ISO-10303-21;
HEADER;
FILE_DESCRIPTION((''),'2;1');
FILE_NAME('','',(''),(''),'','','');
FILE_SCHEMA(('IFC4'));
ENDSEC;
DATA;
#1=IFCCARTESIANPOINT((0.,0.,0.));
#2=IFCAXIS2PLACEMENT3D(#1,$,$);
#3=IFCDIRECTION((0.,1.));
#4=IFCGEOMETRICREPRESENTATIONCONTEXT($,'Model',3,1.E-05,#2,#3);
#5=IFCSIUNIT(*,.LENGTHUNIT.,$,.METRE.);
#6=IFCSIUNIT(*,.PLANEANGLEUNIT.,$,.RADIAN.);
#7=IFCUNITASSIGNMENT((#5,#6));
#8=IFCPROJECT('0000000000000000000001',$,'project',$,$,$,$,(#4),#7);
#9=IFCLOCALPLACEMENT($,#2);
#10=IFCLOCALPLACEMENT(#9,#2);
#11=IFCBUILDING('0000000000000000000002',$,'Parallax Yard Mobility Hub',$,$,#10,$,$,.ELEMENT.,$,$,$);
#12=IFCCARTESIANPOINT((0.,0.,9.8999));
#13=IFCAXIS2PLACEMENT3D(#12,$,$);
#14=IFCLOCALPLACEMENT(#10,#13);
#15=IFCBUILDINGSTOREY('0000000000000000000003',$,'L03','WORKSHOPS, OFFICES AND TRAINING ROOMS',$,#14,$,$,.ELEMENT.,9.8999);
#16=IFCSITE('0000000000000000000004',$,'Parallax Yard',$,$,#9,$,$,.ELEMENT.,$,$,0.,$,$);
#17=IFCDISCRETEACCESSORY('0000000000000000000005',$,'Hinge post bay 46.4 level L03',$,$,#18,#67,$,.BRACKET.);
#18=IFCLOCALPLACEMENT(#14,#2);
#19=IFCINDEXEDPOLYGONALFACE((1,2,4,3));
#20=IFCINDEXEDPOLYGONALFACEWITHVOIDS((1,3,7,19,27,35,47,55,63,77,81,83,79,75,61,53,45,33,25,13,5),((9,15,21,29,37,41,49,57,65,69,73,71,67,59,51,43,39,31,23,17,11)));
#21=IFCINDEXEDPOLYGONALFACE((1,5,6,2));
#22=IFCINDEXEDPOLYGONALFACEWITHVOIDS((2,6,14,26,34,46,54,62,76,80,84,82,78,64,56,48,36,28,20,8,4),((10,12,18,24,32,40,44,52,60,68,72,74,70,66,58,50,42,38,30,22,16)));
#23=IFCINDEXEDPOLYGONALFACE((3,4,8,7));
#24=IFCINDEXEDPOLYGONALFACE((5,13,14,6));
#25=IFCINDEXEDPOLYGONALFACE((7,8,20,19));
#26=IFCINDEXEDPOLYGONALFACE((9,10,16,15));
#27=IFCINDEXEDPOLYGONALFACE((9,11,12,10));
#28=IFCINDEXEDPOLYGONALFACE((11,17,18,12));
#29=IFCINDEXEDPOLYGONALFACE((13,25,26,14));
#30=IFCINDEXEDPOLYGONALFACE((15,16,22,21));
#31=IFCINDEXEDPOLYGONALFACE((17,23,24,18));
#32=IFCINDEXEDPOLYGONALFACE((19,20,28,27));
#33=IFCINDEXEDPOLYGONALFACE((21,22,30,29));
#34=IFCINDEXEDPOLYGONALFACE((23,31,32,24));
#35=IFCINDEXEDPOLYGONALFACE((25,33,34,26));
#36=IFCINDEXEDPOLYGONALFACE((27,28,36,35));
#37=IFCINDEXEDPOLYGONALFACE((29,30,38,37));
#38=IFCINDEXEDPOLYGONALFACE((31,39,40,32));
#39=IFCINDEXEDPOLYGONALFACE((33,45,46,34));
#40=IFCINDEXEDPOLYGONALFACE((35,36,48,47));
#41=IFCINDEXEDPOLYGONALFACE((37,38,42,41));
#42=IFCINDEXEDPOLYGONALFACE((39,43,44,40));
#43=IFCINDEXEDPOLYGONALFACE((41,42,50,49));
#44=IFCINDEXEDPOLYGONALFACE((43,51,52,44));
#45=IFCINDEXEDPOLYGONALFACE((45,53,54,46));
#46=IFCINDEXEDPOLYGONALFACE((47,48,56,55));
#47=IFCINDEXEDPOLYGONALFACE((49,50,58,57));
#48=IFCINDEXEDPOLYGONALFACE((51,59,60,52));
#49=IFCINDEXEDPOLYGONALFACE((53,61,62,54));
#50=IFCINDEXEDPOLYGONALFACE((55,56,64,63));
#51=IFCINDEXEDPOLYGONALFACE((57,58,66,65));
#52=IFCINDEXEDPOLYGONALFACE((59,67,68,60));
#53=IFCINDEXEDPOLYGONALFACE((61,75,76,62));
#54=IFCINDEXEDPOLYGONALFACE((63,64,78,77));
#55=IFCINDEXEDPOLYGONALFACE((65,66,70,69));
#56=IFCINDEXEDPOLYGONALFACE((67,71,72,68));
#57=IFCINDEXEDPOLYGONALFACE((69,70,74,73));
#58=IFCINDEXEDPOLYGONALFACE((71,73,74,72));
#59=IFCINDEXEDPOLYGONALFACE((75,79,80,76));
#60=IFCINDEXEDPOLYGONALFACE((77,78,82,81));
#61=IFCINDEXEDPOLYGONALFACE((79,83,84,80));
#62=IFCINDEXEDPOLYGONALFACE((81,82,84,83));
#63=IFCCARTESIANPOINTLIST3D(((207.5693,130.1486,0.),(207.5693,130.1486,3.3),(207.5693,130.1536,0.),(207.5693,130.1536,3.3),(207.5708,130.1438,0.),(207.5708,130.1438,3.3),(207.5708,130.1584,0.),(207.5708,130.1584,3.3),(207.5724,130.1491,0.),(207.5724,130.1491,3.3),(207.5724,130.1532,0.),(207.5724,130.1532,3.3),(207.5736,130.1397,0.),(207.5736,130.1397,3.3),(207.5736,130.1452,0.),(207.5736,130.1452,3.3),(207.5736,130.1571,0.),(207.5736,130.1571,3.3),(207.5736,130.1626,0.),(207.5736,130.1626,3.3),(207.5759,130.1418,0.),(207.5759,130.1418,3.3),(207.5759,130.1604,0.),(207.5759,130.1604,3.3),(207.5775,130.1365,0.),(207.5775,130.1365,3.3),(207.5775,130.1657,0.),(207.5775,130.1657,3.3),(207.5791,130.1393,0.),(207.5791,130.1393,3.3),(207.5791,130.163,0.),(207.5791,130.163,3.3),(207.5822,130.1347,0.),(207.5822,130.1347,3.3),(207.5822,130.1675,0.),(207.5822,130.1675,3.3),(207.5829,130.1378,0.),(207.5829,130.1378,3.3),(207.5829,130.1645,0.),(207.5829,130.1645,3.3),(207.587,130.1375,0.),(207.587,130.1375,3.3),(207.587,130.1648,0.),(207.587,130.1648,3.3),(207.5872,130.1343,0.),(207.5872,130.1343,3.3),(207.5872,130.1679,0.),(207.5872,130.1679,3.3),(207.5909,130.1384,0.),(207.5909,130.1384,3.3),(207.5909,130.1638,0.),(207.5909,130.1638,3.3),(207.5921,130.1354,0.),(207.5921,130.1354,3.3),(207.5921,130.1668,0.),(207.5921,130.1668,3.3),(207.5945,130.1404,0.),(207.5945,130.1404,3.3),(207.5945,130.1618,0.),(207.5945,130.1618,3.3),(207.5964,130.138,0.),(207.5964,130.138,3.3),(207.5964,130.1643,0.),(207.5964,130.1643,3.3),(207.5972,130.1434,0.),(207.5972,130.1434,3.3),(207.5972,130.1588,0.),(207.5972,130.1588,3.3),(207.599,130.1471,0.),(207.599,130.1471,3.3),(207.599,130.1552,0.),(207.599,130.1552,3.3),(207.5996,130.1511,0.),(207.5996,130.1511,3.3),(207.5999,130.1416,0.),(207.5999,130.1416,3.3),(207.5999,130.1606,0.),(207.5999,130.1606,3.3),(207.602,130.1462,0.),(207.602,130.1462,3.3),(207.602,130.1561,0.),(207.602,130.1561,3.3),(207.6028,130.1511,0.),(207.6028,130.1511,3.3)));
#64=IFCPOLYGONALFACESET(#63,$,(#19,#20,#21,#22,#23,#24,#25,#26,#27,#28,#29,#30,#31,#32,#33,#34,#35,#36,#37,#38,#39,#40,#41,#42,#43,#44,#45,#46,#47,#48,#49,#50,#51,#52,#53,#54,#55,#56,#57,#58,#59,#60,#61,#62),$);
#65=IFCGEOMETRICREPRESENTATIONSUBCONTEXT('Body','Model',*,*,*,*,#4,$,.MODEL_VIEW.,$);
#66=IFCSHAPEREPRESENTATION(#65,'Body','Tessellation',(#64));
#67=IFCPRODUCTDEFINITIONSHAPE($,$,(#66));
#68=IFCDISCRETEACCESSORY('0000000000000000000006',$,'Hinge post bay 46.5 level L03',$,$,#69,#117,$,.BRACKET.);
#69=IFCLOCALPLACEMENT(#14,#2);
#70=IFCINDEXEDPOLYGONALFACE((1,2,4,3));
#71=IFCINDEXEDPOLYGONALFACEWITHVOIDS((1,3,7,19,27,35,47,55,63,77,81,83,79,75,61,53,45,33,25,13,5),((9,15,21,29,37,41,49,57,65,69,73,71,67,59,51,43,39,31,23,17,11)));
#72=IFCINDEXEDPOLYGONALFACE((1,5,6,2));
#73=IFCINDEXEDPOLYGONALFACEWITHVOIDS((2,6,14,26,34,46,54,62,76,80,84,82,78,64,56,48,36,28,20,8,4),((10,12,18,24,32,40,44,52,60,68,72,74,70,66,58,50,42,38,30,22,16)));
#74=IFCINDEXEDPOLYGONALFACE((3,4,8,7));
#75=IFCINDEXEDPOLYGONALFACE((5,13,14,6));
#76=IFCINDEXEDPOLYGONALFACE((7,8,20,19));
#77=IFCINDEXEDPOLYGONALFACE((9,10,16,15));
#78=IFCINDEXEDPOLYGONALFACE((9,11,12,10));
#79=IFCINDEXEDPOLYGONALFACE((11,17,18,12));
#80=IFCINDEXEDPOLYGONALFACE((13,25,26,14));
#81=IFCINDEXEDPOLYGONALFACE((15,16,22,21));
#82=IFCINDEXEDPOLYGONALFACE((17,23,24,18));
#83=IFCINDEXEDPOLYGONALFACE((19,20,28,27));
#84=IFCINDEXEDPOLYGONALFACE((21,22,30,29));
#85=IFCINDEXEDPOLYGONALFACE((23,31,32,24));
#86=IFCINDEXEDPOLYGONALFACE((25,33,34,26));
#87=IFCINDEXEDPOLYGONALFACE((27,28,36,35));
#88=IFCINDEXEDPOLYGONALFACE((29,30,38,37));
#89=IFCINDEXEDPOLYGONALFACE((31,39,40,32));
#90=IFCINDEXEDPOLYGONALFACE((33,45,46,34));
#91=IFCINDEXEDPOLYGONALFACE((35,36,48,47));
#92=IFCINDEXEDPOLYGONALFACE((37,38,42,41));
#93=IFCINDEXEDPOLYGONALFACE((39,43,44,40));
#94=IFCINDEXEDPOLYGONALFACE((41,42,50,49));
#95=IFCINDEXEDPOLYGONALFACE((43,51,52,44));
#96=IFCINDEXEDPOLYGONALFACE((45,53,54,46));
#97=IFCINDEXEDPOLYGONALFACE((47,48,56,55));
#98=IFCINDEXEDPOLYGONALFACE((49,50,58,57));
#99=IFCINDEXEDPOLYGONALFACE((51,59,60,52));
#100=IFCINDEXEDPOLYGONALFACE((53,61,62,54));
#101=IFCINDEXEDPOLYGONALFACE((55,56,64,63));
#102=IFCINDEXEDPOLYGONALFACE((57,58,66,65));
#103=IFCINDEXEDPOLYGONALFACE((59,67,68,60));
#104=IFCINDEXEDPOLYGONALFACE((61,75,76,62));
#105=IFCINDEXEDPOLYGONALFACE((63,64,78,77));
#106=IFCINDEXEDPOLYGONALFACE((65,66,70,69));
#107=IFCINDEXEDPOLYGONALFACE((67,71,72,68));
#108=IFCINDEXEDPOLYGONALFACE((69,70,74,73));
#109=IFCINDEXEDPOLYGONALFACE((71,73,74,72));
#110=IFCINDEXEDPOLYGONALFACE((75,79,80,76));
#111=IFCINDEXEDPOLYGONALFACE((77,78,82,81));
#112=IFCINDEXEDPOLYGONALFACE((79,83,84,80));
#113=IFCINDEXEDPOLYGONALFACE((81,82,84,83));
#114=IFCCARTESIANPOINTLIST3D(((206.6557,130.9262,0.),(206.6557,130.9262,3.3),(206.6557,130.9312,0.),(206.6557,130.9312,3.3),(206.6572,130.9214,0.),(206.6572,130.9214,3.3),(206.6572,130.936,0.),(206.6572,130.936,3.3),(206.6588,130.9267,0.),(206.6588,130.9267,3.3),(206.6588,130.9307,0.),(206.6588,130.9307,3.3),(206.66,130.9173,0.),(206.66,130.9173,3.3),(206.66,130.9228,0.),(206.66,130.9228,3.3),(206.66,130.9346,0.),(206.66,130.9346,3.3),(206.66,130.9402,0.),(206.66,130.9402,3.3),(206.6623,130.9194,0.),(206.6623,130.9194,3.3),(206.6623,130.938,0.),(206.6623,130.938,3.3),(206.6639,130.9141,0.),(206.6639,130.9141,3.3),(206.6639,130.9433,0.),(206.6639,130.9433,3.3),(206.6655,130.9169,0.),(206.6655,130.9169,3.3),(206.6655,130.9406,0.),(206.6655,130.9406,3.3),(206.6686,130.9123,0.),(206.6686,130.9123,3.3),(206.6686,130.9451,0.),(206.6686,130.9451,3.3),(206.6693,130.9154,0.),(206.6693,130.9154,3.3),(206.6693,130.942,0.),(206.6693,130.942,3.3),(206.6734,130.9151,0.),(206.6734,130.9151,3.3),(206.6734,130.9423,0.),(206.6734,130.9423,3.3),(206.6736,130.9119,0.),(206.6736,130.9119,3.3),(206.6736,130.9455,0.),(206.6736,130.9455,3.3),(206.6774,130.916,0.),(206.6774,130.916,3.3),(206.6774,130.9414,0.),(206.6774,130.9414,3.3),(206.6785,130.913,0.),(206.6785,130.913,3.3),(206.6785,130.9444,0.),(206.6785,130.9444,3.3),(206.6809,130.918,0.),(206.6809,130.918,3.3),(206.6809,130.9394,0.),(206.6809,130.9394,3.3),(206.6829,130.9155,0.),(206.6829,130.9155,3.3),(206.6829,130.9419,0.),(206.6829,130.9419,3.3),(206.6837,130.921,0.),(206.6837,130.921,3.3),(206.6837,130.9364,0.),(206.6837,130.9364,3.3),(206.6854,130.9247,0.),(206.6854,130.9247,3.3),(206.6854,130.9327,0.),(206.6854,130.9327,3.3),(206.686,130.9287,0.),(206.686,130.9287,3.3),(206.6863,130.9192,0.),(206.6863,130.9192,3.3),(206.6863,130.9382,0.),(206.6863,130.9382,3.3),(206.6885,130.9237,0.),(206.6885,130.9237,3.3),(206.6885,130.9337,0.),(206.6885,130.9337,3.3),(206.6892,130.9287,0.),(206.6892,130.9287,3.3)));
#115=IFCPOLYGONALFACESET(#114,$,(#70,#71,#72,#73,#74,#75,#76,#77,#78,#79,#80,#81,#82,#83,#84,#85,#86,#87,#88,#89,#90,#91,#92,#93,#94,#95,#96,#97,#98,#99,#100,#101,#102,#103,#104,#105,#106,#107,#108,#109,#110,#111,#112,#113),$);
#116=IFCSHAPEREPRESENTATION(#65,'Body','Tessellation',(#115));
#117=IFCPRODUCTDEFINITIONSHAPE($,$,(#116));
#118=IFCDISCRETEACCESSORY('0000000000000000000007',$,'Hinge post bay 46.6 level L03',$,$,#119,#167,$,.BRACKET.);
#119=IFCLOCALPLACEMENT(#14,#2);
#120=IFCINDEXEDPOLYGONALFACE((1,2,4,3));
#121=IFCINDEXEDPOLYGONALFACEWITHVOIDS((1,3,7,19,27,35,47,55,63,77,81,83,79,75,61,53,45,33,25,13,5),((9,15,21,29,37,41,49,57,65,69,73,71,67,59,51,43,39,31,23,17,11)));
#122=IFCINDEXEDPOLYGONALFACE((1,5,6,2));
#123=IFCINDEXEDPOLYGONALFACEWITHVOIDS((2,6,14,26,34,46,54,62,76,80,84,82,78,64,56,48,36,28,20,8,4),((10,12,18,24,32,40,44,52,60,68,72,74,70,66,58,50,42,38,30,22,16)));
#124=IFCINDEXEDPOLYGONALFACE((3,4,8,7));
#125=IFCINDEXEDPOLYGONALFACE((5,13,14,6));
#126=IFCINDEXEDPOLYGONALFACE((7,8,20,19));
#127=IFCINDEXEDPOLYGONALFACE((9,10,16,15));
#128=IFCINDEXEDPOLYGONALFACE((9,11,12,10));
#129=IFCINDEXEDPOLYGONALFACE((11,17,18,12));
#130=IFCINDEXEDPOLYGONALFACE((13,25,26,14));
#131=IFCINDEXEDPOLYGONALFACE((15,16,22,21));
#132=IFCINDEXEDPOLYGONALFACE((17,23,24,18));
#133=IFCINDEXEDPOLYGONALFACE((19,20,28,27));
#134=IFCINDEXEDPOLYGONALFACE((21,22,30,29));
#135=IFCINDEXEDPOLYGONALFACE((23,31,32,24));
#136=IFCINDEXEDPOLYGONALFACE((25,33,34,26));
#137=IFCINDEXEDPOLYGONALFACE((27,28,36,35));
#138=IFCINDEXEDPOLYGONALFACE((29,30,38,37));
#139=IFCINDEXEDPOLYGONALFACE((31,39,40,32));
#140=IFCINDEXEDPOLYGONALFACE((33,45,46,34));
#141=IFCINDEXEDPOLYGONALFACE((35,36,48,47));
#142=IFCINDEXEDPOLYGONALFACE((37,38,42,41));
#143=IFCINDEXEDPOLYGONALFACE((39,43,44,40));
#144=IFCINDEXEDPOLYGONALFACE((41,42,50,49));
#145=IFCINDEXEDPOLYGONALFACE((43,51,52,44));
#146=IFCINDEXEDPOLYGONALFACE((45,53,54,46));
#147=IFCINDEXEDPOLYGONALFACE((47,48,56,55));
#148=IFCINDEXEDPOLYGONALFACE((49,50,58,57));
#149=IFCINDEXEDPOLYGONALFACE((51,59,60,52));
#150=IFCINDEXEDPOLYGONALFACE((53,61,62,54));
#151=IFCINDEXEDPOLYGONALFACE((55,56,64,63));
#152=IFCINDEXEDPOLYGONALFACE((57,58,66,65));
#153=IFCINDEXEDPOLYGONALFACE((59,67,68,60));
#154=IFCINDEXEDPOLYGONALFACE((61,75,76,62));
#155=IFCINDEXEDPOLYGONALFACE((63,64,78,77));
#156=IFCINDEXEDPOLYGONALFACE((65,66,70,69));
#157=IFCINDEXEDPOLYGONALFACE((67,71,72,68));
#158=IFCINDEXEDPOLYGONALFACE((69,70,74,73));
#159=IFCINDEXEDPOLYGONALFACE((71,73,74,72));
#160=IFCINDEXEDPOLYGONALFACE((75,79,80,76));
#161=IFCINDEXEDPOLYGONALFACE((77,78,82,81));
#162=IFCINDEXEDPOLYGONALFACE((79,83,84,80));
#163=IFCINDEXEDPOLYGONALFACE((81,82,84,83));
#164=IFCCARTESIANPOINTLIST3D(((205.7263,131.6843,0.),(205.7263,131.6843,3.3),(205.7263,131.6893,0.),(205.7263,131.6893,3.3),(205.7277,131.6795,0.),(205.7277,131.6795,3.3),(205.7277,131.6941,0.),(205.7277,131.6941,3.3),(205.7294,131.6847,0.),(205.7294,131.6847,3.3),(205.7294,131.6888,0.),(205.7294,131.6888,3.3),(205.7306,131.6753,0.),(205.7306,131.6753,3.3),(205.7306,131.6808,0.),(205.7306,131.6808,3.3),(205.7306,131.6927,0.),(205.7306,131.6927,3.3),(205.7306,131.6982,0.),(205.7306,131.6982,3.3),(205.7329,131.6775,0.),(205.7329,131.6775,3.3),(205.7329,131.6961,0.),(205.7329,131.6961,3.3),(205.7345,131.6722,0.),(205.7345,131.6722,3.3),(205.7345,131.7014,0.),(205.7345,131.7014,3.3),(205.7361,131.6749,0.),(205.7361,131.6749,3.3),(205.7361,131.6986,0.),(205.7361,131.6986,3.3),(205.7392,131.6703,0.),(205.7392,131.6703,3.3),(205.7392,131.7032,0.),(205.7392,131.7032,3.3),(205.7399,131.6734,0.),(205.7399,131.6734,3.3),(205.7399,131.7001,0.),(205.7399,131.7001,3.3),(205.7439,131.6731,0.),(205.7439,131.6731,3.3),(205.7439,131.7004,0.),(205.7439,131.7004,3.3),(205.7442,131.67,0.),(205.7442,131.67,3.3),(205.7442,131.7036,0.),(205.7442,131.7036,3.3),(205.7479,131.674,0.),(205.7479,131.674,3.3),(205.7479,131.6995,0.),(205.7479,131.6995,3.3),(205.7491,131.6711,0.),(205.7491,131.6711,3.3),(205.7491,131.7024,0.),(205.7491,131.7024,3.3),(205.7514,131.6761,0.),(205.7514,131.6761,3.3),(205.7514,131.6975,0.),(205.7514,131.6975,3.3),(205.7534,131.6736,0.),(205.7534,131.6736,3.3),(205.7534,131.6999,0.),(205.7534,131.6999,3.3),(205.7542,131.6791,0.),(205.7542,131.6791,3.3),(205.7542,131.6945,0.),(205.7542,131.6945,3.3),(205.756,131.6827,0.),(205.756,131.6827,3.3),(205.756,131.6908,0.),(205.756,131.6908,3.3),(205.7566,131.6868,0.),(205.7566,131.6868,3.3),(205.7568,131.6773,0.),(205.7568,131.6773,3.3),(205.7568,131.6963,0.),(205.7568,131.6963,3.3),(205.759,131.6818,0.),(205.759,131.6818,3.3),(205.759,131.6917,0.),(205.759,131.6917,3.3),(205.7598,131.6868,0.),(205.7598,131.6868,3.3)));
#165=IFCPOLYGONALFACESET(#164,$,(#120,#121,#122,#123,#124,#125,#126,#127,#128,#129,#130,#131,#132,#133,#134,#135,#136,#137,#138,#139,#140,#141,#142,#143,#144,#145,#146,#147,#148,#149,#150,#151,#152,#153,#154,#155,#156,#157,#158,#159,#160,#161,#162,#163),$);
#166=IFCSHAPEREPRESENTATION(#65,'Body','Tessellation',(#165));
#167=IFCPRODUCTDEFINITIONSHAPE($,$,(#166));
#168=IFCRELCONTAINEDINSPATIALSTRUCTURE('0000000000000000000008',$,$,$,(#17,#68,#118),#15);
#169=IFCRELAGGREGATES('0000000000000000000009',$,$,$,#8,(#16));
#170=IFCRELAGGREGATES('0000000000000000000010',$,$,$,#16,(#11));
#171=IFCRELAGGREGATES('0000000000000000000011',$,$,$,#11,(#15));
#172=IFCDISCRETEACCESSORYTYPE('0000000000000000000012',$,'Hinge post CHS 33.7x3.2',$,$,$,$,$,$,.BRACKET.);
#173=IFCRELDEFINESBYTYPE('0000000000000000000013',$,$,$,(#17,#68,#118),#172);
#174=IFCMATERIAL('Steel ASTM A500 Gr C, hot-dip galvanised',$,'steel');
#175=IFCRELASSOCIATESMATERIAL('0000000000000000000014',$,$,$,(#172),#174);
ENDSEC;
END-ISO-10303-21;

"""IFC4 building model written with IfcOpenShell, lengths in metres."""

from ifc_helpers import new_model, si_unit, direction, frame, origin, origin_2d, place, context, subcontext, project, spatial, hollow_circle, extrude, material, material_profile, profile_set, type_object, element, save


model = new_model("IFC4")

# Units and contexts
model_context = context("Model", 3, precision=1e-05, world=origin(), true_north=direction((0.0, 1.0)))
body_context = subcontext(model_context, "Body", "Model", "MODEL_VIEW")
ifc_project = project(units=[si_unit("LENGTHUNIT", "METRE"), si_unit("PLANEANGLEUNIT", "RADIAN")], contexts=[model_context])

# Site, building, storey
site_placement = place(None, origin())
site = spatial("IfcSite", under=ifc_project, at=site_placement, Name="Parallax Yard", CompositionType="ELEMENT", RefElevation=0.0)
building_placement = place(site_placement, origin())
building = spatial("IfcBuilding", under=site, at=building_placement, Name="Parallax Yard Mobility Hub", CompositionType="ELEMENT")
storey_placement = place(building_placement, frame((0.0, 0.0, 9.8999)))
storey = spatial("IfcBuildingStorey", under=building, at=storey_placement, Name="L03", Description="WORKSHOPS, OFFICES AND TRAINING ROOMS", CompositionType="ELEMENT", Elevation=9.8999)

# Discrete accessories
ifc_material_1 = material(Name="Steel ASTM A500 Gr C, hot-dip galvanised", Category="steel")
ifc_material_profile_1 = material_profile(ifc_material_1, hollow_circle(Radius=0.0168, WallThickness=0.0032, at=origin_2d()), Name="CHS 33.7x3.2")
ifc_profile_set_1 = profile_set([ifc_material_profile_1], Name="Steel ASTM A500 Gr C, hot-dip galvanised")
discrete_accessory_type_1 = type_object("IfcDiscreteAccessoryType", Name="Hinge post CHS 33.7x3.2", PredefinedType="BRACKET", material=ifc_profile_set_1)
for number, where, z_axis, x_axis, name in (
    (1, (207.5859, 130.1511, 0.0), (0.0, 0.0, 1.0), (1.0, 0.0, 0.0), "Hinge post bay 46.4 level L03"),
    (2, (206.6724, 130.9287, 0.0), (0.0, 0.0, 1.0), (1.0, 0.0, 0.0), "Hinge post bay 46.5 level L03"),
    (3, (205.7429, 131.6868, 0.0), (0.0, 0.0, 1.0), (1.0, 0.0, 0.0), "Hinge post bay 46.6 level L03"),
):
    element("IfcDiscreteAccessory", number, at=place(storey_placement, frame(where, z_axis=z_axis, x_axis=x_axis)), inside=storey, type_object=discrete_accessory_type_1, Name=name, PredefinedType="BRACKET", context=body_context, shape_type="SweptSolid", body=[
        extrude(hollow_circle(Radius=0.0168, WallThickness=0.0032, at=origin_2d()), origin(), (0.0, 0.0, 1.0), 3.3),
    ])

save(model, "model.ifc")
